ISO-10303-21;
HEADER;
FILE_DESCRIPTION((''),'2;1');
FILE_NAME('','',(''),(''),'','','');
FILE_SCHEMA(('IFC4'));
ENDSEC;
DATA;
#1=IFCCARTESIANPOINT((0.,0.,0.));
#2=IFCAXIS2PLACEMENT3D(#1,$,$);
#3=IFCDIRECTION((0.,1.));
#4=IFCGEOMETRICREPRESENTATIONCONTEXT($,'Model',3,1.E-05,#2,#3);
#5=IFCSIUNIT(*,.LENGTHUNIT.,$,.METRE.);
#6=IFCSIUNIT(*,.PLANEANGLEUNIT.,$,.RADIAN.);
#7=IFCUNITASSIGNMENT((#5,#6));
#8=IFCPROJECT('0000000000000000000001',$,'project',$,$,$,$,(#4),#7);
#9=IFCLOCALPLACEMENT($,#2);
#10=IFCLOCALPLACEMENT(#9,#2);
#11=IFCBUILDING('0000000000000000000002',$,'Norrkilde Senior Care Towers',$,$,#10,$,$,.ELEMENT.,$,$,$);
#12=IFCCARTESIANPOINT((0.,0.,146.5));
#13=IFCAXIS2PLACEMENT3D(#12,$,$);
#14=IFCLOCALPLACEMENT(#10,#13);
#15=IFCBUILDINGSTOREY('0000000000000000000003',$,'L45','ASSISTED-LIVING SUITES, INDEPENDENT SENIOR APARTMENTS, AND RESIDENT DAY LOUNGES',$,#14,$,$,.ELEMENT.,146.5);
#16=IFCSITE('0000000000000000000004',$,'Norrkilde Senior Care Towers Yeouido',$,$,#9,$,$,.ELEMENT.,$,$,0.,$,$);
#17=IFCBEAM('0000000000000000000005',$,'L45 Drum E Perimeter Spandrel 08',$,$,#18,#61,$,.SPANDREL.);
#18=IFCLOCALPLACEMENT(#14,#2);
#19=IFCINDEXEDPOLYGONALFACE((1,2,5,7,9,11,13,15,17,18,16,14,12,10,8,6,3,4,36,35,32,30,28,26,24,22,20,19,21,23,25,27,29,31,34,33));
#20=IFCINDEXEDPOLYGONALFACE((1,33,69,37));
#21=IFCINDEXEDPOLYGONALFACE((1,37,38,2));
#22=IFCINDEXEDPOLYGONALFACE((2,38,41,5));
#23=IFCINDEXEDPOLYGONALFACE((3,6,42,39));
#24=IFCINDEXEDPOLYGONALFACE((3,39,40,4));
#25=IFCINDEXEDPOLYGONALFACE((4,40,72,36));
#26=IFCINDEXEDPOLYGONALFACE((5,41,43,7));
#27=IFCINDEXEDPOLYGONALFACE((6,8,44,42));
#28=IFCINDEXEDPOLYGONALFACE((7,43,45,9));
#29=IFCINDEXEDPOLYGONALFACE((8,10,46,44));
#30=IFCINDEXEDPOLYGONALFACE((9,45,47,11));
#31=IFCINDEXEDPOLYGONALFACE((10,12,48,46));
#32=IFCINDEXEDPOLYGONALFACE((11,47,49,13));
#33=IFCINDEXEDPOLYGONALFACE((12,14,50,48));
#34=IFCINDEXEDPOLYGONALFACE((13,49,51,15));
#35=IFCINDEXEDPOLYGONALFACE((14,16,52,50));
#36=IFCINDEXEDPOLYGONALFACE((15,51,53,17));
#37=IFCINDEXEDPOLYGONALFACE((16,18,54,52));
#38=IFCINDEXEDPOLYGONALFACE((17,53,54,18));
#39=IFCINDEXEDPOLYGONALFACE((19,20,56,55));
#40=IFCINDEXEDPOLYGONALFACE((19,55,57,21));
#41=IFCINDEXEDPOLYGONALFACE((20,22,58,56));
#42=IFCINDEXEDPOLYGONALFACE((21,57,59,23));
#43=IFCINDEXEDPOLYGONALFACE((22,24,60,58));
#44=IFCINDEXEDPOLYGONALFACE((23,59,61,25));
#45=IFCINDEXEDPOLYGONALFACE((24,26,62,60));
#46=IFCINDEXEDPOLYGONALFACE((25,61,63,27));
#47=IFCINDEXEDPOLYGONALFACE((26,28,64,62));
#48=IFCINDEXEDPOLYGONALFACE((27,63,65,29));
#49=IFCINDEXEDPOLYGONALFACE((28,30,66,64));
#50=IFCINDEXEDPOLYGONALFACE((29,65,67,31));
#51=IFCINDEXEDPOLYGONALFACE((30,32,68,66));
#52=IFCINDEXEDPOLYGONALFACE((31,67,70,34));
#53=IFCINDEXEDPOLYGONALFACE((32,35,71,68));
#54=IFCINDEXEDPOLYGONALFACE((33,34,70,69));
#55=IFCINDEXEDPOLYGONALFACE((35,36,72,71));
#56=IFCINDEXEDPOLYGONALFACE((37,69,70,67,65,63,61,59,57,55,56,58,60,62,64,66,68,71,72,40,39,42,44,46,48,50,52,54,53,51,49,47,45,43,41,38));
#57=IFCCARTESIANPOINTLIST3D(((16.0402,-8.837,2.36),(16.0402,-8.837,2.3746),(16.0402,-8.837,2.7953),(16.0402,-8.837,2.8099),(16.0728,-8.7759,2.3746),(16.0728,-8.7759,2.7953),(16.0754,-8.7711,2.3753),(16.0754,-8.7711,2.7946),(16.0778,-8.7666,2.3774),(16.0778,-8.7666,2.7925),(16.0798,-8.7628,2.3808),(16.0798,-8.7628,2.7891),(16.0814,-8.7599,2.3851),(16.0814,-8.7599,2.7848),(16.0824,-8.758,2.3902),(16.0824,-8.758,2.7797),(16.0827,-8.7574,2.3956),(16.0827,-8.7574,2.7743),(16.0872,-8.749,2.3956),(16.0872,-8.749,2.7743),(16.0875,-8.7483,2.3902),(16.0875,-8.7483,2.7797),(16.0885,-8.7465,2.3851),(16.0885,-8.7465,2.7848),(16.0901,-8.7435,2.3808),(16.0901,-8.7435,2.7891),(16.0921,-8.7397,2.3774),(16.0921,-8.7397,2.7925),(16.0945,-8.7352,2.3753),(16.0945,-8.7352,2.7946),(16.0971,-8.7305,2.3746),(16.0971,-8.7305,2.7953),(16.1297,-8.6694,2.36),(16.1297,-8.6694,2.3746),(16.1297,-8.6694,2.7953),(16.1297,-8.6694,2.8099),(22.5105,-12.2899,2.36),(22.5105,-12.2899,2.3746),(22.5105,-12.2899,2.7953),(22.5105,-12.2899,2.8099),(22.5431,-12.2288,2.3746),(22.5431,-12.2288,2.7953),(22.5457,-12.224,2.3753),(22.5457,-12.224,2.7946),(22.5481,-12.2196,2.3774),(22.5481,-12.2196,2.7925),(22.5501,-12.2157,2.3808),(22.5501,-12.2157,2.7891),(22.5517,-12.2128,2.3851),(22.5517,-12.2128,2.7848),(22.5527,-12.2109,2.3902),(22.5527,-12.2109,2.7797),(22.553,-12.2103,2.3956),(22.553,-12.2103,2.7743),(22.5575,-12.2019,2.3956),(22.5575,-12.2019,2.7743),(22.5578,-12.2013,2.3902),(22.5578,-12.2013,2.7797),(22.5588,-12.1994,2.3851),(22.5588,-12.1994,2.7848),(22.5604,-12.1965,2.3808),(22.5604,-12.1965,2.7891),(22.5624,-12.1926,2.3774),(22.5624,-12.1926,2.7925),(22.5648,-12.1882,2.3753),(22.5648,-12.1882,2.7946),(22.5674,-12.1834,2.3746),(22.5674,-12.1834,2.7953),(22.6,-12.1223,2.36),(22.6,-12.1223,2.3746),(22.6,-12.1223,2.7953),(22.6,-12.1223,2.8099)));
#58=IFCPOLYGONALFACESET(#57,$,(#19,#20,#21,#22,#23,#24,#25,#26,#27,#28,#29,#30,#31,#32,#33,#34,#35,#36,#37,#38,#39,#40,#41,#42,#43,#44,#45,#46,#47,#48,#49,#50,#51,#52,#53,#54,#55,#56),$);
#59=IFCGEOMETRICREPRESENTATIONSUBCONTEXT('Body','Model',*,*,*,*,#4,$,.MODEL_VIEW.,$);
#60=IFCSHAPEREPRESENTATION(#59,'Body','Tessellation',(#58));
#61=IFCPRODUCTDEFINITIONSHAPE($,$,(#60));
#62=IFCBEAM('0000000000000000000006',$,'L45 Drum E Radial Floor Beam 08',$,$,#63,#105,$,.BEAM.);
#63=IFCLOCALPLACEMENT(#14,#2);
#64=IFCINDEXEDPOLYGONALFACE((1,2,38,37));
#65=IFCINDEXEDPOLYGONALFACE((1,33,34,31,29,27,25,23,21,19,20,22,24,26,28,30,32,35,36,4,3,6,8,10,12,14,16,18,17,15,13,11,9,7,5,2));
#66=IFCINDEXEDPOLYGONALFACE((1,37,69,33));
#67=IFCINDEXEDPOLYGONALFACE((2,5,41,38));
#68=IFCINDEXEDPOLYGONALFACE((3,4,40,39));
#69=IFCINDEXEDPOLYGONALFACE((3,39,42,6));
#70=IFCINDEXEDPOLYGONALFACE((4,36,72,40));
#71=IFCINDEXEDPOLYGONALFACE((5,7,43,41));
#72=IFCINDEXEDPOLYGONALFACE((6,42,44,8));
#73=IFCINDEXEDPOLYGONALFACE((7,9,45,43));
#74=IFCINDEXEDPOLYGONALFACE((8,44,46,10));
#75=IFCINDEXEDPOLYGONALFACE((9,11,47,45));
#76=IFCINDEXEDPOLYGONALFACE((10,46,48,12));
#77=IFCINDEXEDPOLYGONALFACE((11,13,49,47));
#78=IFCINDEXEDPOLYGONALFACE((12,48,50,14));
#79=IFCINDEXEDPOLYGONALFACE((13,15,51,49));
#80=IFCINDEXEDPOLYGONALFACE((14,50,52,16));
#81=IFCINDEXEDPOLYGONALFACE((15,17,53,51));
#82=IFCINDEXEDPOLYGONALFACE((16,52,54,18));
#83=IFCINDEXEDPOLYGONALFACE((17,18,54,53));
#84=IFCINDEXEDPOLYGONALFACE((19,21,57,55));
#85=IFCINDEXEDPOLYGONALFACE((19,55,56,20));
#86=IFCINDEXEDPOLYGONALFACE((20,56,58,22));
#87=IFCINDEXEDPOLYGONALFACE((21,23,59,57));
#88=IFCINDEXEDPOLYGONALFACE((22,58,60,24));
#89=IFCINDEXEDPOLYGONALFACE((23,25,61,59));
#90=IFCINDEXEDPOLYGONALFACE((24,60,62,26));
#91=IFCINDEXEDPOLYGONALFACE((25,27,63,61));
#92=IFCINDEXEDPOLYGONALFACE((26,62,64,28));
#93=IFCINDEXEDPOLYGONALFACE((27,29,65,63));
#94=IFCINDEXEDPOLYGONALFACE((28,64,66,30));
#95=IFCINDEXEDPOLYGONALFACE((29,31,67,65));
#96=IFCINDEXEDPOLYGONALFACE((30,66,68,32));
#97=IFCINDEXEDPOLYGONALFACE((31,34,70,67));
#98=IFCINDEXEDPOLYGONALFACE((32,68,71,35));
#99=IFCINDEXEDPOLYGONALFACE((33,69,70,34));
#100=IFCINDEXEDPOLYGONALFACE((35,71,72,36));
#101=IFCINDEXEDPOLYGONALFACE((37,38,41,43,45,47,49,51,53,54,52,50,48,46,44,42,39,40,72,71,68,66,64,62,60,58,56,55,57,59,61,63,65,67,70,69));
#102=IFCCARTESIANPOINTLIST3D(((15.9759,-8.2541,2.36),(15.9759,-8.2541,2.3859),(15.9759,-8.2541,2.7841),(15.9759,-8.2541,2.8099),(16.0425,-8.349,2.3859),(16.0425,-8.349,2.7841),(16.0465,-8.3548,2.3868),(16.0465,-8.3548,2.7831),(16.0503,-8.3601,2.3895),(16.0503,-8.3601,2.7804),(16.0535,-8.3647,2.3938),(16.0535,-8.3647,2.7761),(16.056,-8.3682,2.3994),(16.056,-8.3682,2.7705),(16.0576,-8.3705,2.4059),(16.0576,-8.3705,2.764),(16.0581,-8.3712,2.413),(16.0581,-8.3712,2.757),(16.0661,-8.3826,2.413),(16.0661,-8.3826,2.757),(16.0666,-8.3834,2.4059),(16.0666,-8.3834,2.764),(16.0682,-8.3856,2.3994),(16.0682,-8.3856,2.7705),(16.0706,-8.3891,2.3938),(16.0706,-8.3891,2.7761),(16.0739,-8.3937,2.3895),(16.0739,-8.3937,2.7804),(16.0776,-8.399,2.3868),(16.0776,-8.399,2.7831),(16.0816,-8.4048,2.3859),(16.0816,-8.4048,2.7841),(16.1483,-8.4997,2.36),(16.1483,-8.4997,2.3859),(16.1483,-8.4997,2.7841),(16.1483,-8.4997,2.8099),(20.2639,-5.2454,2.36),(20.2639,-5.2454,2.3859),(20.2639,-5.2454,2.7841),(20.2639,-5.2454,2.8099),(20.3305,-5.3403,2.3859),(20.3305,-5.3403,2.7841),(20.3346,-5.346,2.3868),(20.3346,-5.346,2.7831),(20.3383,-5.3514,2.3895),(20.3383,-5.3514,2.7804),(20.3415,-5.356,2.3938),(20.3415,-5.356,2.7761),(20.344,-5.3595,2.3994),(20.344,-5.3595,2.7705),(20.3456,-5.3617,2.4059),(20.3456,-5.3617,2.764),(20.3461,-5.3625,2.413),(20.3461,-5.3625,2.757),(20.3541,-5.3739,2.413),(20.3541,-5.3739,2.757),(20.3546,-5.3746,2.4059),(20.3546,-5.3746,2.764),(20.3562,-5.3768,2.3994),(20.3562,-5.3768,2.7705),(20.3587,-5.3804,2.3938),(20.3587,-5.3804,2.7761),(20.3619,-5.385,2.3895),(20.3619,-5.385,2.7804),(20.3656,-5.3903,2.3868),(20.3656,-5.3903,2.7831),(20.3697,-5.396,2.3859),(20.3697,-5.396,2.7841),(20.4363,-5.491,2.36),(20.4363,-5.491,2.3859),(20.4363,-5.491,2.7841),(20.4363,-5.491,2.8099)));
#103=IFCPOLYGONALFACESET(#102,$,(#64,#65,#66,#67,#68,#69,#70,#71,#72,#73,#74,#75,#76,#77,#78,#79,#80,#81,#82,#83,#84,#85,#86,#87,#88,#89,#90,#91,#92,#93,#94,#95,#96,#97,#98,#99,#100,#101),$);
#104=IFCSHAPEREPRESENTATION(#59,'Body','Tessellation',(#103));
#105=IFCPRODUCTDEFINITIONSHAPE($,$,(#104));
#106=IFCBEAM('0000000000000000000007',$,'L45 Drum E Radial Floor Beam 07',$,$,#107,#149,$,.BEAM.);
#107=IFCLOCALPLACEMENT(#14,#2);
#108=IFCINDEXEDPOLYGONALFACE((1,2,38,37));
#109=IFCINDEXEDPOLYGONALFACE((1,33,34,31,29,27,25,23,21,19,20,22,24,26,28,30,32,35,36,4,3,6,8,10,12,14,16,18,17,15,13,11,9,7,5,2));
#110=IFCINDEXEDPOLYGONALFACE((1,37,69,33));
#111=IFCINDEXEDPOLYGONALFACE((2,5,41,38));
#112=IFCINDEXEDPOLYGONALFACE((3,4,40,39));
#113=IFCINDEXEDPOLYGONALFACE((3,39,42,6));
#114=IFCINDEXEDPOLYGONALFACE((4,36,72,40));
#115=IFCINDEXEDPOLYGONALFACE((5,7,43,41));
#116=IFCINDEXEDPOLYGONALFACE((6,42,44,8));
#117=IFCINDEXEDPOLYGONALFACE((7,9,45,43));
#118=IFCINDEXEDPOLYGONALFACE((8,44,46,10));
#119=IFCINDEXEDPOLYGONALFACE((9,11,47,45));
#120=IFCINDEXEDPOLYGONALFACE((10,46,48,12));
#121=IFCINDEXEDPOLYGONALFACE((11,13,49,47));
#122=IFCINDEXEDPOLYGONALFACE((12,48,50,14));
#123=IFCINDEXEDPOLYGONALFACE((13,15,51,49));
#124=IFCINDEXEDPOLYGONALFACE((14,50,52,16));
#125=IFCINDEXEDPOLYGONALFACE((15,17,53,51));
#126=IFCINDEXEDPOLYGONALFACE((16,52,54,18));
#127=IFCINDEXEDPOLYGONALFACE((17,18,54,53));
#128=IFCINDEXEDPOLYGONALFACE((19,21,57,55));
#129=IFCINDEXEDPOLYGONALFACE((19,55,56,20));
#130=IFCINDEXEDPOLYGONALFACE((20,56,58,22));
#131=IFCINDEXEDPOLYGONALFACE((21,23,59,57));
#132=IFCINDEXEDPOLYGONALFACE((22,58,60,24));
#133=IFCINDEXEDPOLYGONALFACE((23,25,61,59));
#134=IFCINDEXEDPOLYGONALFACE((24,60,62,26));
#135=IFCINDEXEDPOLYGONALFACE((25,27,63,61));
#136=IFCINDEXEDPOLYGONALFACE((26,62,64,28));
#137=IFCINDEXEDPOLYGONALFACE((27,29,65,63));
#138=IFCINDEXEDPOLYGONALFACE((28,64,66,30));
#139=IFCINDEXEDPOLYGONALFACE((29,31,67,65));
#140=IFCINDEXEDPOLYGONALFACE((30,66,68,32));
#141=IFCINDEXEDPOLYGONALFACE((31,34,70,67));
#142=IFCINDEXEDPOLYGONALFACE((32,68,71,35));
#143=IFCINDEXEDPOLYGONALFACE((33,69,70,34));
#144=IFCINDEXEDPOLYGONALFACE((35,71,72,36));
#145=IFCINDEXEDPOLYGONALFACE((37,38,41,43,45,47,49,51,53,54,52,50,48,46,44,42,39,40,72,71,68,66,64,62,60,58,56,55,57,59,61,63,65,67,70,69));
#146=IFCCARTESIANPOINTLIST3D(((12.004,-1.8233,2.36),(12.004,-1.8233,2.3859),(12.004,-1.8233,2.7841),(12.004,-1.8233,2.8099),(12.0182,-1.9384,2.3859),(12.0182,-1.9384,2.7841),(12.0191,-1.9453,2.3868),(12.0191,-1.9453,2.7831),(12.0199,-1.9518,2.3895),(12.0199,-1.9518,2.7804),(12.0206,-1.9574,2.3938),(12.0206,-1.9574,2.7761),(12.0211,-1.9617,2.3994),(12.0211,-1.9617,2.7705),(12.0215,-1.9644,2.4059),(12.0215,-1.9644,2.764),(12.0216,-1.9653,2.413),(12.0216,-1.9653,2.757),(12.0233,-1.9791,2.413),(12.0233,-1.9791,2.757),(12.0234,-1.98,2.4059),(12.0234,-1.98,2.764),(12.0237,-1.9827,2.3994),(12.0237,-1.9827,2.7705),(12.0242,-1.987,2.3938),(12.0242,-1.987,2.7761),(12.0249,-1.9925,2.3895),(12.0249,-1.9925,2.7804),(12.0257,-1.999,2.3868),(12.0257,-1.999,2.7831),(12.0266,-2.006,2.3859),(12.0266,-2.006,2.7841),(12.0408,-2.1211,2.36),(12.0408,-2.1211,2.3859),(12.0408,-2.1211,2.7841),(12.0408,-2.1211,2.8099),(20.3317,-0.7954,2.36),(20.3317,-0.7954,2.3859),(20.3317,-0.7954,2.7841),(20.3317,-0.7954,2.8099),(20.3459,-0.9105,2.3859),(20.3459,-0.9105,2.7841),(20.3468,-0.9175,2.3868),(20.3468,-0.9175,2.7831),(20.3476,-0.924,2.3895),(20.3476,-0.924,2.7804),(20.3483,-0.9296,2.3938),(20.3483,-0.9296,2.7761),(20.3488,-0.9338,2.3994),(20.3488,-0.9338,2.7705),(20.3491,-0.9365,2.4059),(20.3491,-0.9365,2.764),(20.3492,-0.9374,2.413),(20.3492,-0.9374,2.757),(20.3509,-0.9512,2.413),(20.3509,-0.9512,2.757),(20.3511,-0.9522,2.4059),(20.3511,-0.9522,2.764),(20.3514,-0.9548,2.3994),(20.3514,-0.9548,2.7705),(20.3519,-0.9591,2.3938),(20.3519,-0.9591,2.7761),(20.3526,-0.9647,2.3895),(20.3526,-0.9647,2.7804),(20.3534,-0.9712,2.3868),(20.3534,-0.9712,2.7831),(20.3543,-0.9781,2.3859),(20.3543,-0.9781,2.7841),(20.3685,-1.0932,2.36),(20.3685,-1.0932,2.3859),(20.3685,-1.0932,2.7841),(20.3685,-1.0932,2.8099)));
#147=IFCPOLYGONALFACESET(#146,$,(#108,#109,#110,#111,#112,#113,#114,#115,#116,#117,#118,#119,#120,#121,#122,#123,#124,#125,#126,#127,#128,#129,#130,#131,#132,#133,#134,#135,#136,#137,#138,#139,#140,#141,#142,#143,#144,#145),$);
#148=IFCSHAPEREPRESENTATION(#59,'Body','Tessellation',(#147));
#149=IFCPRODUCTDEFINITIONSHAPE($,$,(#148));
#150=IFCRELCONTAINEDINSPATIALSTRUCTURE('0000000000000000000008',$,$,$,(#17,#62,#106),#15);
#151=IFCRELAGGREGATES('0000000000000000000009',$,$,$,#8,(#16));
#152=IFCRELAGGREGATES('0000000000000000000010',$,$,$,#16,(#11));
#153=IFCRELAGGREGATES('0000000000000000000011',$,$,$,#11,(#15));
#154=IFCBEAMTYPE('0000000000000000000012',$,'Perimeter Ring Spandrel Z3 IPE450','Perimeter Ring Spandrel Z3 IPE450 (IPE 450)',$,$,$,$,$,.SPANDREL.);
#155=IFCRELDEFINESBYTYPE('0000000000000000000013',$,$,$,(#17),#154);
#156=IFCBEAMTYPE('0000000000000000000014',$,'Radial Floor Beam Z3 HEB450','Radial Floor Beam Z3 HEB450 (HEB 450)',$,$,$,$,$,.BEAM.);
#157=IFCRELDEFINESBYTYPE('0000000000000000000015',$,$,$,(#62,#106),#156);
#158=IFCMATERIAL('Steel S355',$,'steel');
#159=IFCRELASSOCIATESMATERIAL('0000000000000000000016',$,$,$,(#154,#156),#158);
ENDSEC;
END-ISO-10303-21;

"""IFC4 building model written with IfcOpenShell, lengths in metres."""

from ifc_helpers import new_model, si_unit, direction, frame, origin, origin_2d, place, context, subcontext, project, spatial, i_section, extrude, source, transform, mapped, material, material_profile, profile_set, type_object, type_shapes, element, save


model = new_model("IFC4")

# Units and contexts
model_context = context("Model", 3, precision=1e-05, world=origin(), true_north=direction((0.0, 1.0)))
body_context = subcontext(model_context, "Body", "Model", "MODEL_VIEW")
ifc_project = project(units=[si_unit("LENGTHUNIT", "METRE"), si_unit("PLANEANGLEUNIT", "RADIAN")], contexts=[model_context])

# Site, building, storey
site_placement = place(None, origin())
site = spatial("IfcSite", under=ifc_project, at=site_placement, Name="Norrkilde Senior Care Towers Yeouido", CompositionType="ELEMENT", RefElevation=0.0)
building_placement = place(site_placement, origin())
building = spatial("IfcBuilding", under=site, at=building_placement, Name="Norrkilde Senior Care Towers", CompositionType="ELEMENT")
storey_placement = place(building_placement, frame((0.0, 0.0, 146.5)))
storey = spatial("IfcBuildingStorey", under=building, at=storey_placement, Name="L45", Description="ASSISTED-LIVING SUITES, INDEPENDENT SENIOR APARTMENTS, AND RESIDENT DAY LOUNGES", CompositionType="ELEMENT", Elevation=146.5)

# Beams
ifc_material_1 = material(Name="Steel S355", Category="steel")
ifc_material_profile_1 = material_profile(ifc_material_1, i_section(OverallWidth=0.1899, OverallDepth=0.45, WebThickness=0.0095, FlangeThickness=0.0146, FilletRadius=0.021, at=origin_2d()), Name="IPE 450")
ifc_profile_set_1 = profile_set([ifc_material_profile_1], Name="Steel S355")
beam_type_1 = type_object("IfcBeamType", Name="Perimeter Ring Spandrel Z3 IPE450", Description="Perimeter Ring Spandrel Z3 IPE450 (IPE 450)", PredefinedType="SPANDREL", material=ifc_profile_set_1)
shared_shape_1 = source(origin(), body_context, "Body", "SweptSolid", [
    extrude(i_section(OverallWidth=0.1899, OverallDepth=0.45, WebThickness=0.0095, FlangeThickness=0.0146, FilletRadius=0.021, at=origin_2d()), origin(), (0.0, 0.0, 1.0), 7.334),
])
beam_1_placement = place(storey_placement, frame((16.085, -8.7532, 2.585), z_axis=(0.882234, -0.470811, 0.0), x_axis=(0.470811, 0.882234, 0.0)))
element("IfcBeam", 1, at=beam_1_placement, inside=storey, type_object=beam_type_1, Name="L45 Drum E Perimeter Spandrel 08", PredefinedType="SPANDREL", context=body_context, shape_type="MappedRepresentation", body=[
    mapped(shared_shape_1, transform((0.0, 0.0, 0.0), x_axis=(1.0, 0.0, 0.0), y_axis=(0.0, 1.0, 0.0), z_axis=(0.0, 0.0, 1.0), scale=1.0)),
])
ifc_material_profile_2 = material_profile(ifc_material_1, i_section(OverallWidth=0.3, OverallDepth=0.45, WebThickness=0.0139, FlangeThickness=0.0259, FilletRadius=0.0271, at=origin_2d()), Name="HEB 450")
ifc_profile_set_2 = profile_set([ifc_material_profile_2], Name="Steel S355")
beam_type_2 = type_object("IfcBeamType", Name="Radial Floor Beam Z3 HEB450", Description="Radial Floor Beam Z3 HEB450 (HEB 450)", PredefinedType="BEAM", material=ifc_profile_set_2)
shared_shape_2 = source(origin(), body_context, "Body", "SweptSolid", [
    extrude(i_section(OverallWidth=0.3, OverallDepth=0.45, WebThickness=0.0139, FlangeThickness=0.0259, FilletRadius=0.0271, at=origin_2d()), origin(), (0.0, 0.0, 1.0), 5.2383),
])
beam_2_placement = place(storey_placement, frame((20.3501, -5.3682, 2.585), z_axis=(-0.818592, -0.574375, 0.0), x_axis=(0.574375, -0.818592, 0.0)))
element("IfcBeam", 2, at=beam_2_placement, inside=storey, type_object=beam_type_2, Name="L45 Drum E Radial Floor Beam 08", PredefinedType="BEAM", context=body_context, shape_type="MappedRepresentation", body=[
    mapped(shared_shape_2, transform((0.0, 0.0, 0.0), x_axis=(1.0, 0.0, 0.0), y_axis=(0.0, 1.0, 0.0), z_axis=(0.0, 0.0, 1.0), scale=1.0)),
])
shared_shape_3 = source(origin(), body_context, "Body", "SweptSolid", [
    extrude(i_section(OverallWidth=0.3, OverallDepth=0.45, WebThickness=0.0139, FlangeThickness=0.0259, FilletRadius=0.0271, at=origin_2d()), origin(), (0.0, 0.0, 1.0), 8.3909),
])
type_shapes(beam_type_2, [shared_shape_2, shared_shape_3])
beam_3_placement = place(storey_placement, frame((20.3501, -0.9443, 2.585), z_axis=(-0.992469, -0.122495, 0.0), x_axis=(0.122495, -0.992469, 0.0)))
element("IfcBeam", 3, at=beam_3_placement, inside=storey, type_object=beam_type_2, Name="L45 Drum E Radial Floor Beam 07", PredefinedType="BEAM", context=body_context, shape_type="MappedRepresentation", body=[
    mapped(shared_shape_3, transform((0.0, 0.0, 0.0), x_axis=(1.0, 0.0, 0.0), y_axis=(0.0, 1.0, 0.0), z_axis=(0.0, 0.0, 1.0), scale=1.0)),
])

save(model, "model.ifc")
